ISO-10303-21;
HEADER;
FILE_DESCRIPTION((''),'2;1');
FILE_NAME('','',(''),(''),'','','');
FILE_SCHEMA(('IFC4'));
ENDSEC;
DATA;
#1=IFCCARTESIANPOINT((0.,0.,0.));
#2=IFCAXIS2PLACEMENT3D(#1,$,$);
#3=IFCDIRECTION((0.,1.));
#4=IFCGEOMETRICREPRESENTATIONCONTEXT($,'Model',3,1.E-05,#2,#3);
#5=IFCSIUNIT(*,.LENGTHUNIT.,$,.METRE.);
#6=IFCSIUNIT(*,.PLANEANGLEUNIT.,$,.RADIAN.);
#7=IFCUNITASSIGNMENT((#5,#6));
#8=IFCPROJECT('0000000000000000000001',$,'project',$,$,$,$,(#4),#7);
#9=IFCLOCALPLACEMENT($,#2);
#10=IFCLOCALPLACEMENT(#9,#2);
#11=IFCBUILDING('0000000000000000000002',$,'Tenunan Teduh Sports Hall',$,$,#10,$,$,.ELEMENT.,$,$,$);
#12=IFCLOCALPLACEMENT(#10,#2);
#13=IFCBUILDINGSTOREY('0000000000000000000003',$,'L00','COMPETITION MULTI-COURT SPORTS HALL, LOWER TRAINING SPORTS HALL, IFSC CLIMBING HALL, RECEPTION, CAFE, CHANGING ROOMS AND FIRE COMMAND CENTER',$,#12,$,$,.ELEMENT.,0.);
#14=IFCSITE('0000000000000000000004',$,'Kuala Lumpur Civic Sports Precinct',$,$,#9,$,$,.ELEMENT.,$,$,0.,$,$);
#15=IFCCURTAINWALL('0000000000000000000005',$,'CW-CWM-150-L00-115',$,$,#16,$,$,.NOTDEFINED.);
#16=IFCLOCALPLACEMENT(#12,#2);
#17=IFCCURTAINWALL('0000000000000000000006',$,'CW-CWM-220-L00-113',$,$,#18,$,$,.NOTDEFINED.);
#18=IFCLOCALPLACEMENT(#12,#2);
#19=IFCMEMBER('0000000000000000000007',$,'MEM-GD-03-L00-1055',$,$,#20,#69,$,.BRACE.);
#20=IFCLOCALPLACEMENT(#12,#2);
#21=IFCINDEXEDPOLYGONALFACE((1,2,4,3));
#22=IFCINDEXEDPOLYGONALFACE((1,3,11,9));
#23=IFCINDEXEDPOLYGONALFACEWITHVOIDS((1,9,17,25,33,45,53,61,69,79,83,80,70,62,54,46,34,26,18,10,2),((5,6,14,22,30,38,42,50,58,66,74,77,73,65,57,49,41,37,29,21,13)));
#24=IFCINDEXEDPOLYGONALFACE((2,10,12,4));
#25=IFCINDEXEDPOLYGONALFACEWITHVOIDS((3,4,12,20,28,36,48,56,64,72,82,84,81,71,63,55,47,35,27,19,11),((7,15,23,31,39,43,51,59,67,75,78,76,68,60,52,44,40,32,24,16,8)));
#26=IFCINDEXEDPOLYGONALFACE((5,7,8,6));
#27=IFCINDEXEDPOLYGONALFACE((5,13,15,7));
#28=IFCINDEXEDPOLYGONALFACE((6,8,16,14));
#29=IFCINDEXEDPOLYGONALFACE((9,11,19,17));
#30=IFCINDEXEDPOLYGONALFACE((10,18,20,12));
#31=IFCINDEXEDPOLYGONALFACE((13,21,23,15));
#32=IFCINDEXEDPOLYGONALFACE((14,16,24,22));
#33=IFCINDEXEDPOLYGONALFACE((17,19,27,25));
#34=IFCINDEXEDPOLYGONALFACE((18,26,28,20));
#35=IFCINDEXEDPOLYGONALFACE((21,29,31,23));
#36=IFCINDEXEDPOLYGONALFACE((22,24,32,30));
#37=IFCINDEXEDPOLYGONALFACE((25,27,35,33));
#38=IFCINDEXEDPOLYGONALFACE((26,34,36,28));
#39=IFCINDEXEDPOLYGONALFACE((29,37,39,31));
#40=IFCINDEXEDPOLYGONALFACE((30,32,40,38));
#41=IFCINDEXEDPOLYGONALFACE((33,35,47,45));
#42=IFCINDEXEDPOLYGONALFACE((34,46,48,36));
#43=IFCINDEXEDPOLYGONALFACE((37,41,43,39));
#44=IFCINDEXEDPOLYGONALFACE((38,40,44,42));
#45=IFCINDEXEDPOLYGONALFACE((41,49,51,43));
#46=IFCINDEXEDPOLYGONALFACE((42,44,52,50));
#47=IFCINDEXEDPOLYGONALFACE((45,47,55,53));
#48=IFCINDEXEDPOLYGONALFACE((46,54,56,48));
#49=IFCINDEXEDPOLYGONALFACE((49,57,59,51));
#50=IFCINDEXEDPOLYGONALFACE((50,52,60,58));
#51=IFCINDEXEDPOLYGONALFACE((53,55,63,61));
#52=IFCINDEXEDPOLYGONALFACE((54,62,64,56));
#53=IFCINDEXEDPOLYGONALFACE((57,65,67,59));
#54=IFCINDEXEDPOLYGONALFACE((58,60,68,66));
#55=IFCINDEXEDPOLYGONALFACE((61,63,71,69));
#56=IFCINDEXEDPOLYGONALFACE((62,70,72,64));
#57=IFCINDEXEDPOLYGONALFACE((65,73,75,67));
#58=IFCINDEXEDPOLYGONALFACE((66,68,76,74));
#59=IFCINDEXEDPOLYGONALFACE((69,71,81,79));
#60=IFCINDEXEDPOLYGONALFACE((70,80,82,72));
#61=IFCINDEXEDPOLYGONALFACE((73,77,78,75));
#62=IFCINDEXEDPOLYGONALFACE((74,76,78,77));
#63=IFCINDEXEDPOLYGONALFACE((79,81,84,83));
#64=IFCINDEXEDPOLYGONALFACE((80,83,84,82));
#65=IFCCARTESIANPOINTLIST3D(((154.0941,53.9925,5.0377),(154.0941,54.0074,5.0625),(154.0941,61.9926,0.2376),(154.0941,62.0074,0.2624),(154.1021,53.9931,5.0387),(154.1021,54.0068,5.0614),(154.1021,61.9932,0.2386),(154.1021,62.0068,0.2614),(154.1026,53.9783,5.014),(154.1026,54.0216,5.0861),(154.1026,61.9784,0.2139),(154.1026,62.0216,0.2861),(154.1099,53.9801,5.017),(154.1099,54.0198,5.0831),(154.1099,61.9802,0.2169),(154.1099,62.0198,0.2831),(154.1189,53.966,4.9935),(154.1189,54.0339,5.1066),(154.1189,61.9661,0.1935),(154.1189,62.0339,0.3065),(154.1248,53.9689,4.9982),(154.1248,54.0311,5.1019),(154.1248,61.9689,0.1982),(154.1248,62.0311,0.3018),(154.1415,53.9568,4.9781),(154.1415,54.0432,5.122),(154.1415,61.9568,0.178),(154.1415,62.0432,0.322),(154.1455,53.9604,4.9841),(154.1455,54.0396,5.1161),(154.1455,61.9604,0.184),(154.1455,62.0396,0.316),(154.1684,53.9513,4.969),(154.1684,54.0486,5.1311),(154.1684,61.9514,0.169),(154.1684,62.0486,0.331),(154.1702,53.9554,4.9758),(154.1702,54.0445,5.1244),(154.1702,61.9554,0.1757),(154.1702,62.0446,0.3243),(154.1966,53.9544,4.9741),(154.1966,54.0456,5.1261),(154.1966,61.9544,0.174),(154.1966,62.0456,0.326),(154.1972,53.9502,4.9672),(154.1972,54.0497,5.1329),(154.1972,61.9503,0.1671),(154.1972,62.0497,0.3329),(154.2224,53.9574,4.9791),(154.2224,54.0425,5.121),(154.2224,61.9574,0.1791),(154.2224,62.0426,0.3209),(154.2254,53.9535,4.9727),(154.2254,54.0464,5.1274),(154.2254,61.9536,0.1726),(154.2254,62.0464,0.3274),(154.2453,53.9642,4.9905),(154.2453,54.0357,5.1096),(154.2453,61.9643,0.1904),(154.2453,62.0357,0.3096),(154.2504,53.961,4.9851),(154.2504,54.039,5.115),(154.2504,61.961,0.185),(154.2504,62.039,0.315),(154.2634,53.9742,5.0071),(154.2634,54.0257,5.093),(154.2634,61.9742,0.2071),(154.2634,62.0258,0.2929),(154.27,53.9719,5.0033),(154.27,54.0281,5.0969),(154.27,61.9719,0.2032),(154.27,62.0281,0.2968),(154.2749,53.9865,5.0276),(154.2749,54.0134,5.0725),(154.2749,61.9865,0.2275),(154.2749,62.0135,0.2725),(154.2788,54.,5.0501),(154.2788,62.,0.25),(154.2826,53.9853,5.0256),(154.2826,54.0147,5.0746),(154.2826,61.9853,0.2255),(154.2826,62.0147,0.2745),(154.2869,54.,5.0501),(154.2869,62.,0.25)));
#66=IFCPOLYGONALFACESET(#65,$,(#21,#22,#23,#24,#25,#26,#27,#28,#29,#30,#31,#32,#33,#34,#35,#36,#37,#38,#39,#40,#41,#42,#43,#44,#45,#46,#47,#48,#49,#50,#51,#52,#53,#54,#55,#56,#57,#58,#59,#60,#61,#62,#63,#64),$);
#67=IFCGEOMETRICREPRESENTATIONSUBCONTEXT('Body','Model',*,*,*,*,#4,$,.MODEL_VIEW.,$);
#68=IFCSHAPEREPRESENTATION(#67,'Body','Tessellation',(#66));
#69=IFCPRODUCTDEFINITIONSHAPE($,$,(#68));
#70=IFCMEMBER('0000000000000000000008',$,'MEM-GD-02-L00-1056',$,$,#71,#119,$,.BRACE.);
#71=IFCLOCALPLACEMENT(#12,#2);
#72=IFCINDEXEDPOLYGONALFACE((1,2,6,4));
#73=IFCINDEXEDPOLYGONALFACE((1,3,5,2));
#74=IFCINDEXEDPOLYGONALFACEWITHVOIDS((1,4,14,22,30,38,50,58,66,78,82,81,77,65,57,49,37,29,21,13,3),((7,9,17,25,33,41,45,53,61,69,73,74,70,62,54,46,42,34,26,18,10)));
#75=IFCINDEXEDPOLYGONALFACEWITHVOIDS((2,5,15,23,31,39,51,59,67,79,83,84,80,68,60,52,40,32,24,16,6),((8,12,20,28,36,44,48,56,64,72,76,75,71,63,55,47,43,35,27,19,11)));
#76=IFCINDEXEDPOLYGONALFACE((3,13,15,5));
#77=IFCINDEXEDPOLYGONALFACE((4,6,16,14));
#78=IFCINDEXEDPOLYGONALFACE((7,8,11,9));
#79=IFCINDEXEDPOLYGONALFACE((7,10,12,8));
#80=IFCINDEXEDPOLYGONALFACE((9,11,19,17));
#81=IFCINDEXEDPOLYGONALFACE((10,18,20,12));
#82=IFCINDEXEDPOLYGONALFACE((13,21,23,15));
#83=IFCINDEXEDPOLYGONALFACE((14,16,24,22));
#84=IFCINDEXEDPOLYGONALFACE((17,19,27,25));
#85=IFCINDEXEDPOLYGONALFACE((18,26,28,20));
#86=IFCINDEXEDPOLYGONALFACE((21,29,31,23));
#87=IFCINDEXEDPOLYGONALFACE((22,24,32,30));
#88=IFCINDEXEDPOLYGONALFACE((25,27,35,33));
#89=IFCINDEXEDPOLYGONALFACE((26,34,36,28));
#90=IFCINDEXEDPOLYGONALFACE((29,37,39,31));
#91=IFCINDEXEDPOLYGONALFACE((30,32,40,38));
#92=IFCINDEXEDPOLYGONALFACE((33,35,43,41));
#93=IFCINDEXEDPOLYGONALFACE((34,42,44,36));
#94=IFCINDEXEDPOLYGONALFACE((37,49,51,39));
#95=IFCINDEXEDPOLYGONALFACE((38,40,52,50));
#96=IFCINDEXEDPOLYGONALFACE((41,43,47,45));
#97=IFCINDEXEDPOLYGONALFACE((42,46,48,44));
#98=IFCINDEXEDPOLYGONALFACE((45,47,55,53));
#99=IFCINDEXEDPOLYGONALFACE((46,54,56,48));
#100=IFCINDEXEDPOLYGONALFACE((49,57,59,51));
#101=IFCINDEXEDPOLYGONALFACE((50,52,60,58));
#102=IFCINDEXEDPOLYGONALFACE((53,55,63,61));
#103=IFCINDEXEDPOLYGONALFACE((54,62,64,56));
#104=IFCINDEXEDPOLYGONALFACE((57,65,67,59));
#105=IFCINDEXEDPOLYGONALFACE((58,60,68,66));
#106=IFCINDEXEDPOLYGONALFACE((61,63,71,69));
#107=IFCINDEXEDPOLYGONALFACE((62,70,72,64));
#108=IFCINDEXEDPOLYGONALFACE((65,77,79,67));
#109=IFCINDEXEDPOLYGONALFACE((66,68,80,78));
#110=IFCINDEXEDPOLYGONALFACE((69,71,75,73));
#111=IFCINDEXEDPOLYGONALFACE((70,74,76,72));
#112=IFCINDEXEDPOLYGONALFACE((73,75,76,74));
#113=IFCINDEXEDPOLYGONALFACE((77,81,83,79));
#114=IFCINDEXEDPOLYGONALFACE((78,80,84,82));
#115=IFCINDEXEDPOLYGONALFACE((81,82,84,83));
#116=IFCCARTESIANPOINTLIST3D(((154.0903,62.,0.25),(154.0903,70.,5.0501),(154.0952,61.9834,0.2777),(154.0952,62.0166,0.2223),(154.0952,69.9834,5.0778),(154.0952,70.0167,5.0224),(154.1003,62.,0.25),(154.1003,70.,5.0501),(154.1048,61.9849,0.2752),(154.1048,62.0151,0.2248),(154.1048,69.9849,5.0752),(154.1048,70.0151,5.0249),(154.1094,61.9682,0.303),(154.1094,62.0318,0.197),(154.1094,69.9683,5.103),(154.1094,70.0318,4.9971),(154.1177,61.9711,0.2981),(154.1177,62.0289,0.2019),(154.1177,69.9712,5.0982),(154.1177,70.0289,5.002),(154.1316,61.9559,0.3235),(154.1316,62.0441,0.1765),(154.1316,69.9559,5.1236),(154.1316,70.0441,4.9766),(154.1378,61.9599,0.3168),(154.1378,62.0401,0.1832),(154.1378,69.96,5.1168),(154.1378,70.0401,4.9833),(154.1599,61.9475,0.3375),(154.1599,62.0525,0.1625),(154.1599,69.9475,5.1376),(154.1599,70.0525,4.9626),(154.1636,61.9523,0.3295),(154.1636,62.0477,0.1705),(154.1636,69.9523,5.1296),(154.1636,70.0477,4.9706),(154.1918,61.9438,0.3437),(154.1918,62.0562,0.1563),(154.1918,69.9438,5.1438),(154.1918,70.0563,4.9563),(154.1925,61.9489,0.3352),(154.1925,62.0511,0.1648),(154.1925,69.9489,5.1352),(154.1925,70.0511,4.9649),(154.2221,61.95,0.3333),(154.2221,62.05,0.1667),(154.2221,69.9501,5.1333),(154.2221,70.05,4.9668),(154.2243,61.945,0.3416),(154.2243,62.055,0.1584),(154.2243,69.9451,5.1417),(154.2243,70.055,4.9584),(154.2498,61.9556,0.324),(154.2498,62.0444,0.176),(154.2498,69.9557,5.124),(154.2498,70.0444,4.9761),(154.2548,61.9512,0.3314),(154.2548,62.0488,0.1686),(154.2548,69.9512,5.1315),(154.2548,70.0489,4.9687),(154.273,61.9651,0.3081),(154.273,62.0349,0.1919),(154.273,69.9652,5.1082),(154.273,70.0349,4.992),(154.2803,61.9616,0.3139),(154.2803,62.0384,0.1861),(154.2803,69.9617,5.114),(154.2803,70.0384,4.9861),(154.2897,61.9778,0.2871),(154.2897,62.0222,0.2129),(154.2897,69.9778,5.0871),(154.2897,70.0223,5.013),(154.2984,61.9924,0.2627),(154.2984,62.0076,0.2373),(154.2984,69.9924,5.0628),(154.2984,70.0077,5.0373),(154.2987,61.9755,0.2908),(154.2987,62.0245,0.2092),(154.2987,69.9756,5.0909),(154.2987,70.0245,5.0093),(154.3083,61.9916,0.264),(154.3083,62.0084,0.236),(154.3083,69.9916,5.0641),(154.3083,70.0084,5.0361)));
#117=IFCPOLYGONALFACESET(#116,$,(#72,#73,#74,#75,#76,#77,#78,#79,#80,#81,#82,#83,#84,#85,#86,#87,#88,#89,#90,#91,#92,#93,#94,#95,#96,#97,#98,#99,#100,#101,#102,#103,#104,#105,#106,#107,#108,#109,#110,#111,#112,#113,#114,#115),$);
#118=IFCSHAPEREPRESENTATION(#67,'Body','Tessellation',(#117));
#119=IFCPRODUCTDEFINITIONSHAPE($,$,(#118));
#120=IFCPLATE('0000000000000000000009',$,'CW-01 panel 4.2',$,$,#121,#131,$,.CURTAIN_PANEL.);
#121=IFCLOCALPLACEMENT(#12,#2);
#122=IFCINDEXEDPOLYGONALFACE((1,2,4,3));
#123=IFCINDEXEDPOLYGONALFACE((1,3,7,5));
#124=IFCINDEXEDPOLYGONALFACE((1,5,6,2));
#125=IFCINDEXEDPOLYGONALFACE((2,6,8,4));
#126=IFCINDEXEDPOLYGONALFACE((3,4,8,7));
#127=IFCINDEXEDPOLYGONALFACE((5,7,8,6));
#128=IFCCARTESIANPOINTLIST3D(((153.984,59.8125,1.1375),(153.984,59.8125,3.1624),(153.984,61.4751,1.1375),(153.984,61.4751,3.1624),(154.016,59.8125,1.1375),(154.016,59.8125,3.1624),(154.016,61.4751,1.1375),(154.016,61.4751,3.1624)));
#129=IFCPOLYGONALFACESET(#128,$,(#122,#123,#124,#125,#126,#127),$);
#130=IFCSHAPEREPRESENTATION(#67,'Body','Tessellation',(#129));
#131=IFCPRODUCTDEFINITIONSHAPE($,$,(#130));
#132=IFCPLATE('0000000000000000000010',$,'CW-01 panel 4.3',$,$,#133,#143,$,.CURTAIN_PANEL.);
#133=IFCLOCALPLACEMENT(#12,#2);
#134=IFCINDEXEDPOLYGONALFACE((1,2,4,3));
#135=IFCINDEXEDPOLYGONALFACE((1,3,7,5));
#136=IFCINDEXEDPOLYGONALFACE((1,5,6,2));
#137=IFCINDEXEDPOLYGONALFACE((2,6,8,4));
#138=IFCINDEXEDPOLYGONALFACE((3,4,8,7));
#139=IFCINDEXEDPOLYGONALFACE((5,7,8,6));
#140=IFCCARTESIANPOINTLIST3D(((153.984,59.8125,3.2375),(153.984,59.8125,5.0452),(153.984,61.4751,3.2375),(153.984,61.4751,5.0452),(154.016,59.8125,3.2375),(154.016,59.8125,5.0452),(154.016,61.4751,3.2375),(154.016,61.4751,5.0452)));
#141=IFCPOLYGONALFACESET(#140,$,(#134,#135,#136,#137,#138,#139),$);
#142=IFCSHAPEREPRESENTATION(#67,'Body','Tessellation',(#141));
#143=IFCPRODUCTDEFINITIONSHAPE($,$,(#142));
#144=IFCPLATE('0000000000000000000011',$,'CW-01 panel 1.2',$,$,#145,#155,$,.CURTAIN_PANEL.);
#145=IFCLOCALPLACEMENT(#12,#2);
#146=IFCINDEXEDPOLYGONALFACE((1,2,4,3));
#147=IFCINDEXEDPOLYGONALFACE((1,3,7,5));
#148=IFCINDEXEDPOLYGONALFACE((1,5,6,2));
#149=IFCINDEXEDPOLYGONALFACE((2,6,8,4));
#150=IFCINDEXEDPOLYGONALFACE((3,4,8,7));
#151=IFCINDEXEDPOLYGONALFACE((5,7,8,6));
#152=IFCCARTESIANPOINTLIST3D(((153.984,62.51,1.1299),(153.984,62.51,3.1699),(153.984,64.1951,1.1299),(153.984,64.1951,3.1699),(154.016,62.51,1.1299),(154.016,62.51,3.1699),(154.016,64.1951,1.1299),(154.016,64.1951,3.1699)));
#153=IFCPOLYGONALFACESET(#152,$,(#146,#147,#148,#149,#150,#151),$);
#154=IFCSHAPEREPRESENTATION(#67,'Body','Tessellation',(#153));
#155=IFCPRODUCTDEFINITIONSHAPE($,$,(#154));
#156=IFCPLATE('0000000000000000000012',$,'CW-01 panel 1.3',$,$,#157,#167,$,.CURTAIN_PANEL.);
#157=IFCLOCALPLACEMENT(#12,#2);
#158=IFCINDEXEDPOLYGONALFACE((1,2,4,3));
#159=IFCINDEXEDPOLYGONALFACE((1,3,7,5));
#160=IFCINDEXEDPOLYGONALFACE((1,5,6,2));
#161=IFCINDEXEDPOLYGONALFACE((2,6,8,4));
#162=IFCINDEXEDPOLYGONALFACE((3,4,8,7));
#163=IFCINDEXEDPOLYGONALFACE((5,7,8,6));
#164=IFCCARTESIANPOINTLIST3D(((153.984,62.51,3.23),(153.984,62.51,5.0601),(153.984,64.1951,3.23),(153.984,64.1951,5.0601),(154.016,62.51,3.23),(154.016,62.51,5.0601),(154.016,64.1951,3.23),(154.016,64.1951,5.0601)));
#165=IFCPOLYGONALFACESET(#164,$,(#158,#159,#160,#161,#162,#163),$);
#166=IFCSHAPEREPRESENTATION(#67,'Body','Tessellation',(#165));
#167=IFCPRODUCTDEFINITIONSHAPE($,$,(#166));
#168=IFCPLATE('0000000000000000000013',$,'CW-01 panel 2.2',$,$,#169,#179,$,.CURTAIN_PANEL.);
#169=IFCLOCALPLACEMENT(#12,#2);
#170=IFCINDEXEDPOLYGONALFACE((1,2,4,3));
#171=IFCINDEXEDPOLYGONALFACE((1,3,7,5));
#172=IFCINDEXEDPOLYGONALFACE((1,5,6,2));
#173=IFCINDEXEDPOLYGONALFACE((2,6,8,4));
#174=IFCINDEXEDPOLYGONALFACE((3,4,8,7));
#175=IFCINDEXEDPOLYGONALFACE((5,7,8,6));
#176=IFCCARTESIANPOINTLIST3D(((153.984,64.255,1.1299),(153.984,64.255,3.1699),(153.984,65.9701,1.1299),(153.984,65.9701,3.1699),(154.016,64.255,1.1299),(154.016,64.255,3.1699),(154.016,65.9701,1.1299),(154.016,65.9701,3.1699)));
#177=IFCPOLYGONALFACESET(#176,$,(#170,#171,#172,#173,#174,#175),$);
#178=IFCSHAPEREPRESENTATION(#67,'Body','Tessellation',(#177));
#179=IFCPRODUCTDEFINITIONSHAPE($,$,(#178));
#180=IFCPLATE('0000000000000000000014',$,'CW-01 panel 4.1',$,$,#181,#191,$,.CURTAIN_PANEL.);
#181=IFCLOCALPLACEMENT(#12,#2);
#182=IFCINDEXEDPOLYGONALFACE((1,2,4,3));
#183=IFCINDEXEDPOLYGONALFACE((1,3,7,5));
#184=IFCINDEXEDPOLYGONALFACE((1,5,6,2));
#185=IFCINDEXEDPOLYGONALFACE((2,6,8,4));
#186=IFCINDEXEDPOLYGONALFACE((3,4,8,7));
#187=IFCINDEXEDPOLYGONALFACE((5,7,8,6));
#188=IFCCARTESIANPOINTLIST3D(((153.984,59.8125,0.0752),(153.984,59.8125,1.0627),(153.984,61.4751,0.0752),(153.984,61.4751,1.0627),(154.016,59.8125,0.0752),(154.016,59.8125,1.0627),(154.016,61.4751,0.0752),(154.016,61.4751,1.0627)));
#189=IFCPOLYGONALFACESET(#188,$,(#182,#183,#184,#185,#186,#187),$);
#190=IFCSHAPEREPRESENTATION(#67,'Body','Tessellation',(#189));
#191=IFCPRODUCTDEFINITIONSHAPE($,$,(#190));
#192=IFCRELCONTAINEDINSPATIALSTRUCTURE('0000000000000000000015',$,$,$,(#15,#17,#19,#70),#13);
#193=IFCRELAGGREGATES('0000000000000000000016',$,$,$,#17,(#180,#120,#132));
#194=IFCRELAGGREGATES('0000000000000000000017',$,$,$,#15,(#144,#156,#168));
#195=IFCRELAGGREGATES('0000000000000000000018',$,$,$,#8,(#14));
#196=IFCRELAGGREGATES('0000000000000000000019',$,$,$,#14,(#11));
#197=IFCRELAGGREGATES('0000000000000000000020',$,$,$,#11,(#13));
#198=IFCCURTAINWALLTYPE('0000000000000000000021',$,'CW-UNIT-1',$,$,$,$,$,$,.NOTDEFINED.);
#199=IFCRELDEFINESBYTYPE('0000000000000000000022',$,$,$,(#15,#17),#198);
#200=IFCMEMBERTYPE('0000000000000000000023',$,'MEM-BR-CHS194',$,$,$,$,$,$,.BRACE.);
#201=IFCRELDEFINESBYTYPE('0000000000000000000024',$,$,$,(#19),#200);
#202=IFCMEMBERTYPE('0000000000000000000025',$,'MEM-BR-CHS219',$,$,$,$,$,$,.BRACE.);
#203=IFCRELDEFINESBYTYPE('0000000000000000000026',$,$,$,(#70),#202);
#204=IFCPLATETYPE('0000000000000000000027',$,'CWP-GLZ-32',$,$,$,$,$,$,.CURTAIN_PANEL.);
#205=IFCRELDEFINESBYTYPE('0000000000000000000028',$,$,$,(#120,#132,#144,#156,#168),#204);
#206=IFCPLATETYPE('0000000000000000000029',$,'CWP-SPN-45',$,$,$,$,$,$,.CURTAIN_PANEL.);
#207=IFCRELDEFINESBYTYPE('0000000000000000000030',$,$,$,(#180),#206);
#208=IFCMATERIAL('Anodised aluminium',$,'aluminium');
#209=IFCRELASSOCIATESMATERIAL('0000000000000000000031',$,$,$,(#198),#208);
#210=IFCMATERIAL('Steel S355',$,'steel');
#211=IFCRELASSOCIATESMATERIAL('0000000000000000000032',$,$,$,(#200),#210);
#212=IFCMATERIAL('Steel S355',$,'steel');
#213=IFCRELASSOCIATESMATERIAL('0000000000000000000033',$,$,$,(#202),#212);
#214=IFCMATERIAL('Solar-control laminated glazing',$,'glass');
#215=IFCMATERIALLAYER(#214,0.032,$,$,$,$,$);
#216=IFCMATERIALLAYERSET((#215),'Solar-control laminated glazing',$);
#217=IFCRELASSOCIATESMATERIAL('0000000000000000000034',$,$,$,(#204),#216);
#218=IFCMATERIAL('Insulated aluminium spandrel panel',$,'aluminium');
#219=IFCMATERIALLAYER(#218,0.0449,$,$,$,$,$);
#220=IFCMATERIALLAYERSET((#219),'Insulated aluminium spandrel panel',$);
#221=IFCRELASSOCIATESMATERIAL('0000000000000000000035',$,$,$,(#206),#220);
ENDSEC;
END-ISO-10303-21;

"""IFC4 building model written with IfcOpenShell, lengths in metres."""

from ifc_helpers import new_model, si_unit, direction, frame, origin, origin_2d, place, context, subcontext, project, spatial, rectangle, hollow_circle, extrude, material, layer, layer_set, material_profile, profile_set, type_object, element, aggregate, save


model = new_model("IFC4")

# Units and contexts
model_context = context("Model", 3, precision=1e-05, world=origin(), true_north=direction((0.0, 1.0)))
body_context = subcontext(model_context, "Body", "Model", "MODEL_VIEW")
ifc_project = project(units=[si_unit("LENGTHUNIT", "METRE"), si_unit("PLANEANGLEUNIT", "RADIAN")], contexts=[model_context])

# Site, building, storey
site_placement = place(None, origin())
site = spatial("IfcSite", under=ifc_project, at=site_placement, Name="Kuala Lumpur Civic Sports Precinct", CompositionType="ELEMENT", RefElevation=0.0)
building_placement = place(site_placement, origin())
building = spatial("IfcBuilding", under=site, at=building_placement, Name="Tenunan Teduh Sports Hall", CompositionType="ELEMENT")
storey_placement = place(building_placement, origin())
storey = spatial("IfcBuildingStorey", under=building, at=storey_placement, Name="L00", Description="COMPETITION MULTI-COURT SPORTS HALL, LOWER TRAINING SPORTS HALL, IFSC CLIMBING HALL, RECEPTION, CAFE, CHANGING ROOMS AND FIRE COMMAND CENTER", CompositionType="ELEMENT", Elevation=0.0)

# Curtain wall
ifc_material_1 = material(Name="Anodised aluminium", Category="aluminium")
curtain_wall_type = type_object("IfcCurtainWallType", Name="CW-UNIT-1", PredefinedType="NOTDEFINED", material=ifc_material_1)
curtain_wall_1_placement = place(storey_placement, origin())
curtain_wall_1 = element("IfcCurtainWall", 1, at=curtain_wall_1_placement, inside=storey, type_object=curtain_wall_type, Name="CW-CWM-150-L00-115", PredefinedType="NOTDEFINED")

# Curtain wall
curtain_wall_2_placement = place(storey_placement, origin())
curtain_wall_2 = element("IfcCurtainWall", 2, at=curtain_wall_2_placement, inside=storey, type_object=curtain_wall_type, Name="CW-CWM-220-L00-113", PredefinedType="NOTDEFINED")

# Members
ifc_material_2 = material(Name="Steel S355", Category="steel")
ifc_material_profile_1 = material_profile(ifc_material_2, hollow_circle(Radius=0.0969, WallThickness=0.0081, at=origin_2d()), Name="CHS 193.7x8.0")
ifc_profile_set_1 = profile_set([ifc_material_profile_1], Name="Steel S355")
member_type_1 = type_object("IfcMemberType", Name="MEM-BR-CHS194", PredefinedType="BRACE", material=ifc_profile_set_1)
member_1_placement = place(storey_placement, frame((154.1899, 62.0, 0.25), z_axis=(0.0, -0.857491, 0.5145), x_axis=(1.0, 0.0, 0.0)))
element("IfcMember", 3, at=member_1_placement, inside=storey, type_object=member_type_1, Name="MEM-GD-03-L00-1055", PredefinedType="BRACE", context=body_context, shape_type="SweptSolid", body=[
    extrude(hollow_circle(Radius=0.0969, WallThickness=0.0081, at=origin_2d()), origin(), (0.0, 0.0, 1.0), 9.3296),
])
ifc_material_3 = material(Name="Steel S355", Category="steel")
ifc_material_profile_2 = material_profile(ifc_material_3, hollow_circle(Radius=0.1096, WallThickness=0.01, at=origin_2d()), Name="CHS 219.1x10.0")
ifc_profile_set_2 = profile_set([ifc_material_profile_2], Name="Steel S355")
member_type_2 = type_object("IfcMemberType", Name="MEM-BR-CHS219", PredefinedType="BRACE", material=ifc_profile_set_2)
member_2_placement = place(storey_placement, frame((154.2, 62.0, 0.25), z_axis=(0.0, 0.857491, 0.5145), x_axis=(-1.0, 0.0, 0.0)))
element("IfcMember", 4, at=member_2_placement, inside=storey, type_object=member_type_2, Name="MEM-GD-02-L00-1056", PredefinedType="BRACE", context=body_context, shape_type="SweptSolid", body=[
    extrude(hollow_circle(Radius=0.1096, WallThickness=0.01, at=origin_2d()), origin(), (0.0, 0.0, 1.0), 9.3296),
])

# Plates
ifc_material_4 = material(Name="Solar-control laminated glazing", Category="glass")
ifc_layer_1 = layer(ifc_material_4, 0.032)
ifc_layer_set_1 = layer_set([ifc_layer_1], Name="Solar-control laminated glazing")
plate_type_1 = type_object("IfcPlateType", Name="CWP-GLZ-32", PredefinedType="CURTAIN_PANEL", material=ifc_layer_set_1)
plate_1_placement = place(storey_placement, frame((154.0, 60.6438, 1.1375), z_axis=(0.0, 0.0, 1.0), x_axis=(0.0, 1.0, 0.0)))
plate_1 = element("IfcPlate", 5, at=plate_1_placement, type_object=plate_type_1, Name="CW-01 panel 4.2", PredefinedType="CURTAIN_PANEL", context=body_context, shape_type="SweptSolid", body=[
    extrude(rectangle(XDim=1.6626, YDim=0.032, at=origin_2d()), origin(), (0.0, 0.0, 1.0), 2.0249),
])
plate_2_placement = place(storey_placement, frame((154.0, 60.6438, 3.2375), z_axis=(0.0, 0.0, 1.0), x_axis=(0.0, 1.0, 0.0)))
plate_2 = element("IfcPlate", 6, at=plate_2_placement, type_object=plate_type_1, Name="CW-01 panel 4.3", PredefinedType="CURTAIN_PANEL", context=body_context, shape_type="SweptSolid", body=[
    extrude(rectangle(XDim=1.6626, YDim=0.032, at=origin_2d()), origin(), (0.0, 0.0, 1.0), 1.8076),
])
plate_3_placement = place(storey_placement, frame((154.0, 63.3525, 1.1299), z_axis=(0.0, 0.0, 1.0), x_axis=(0.0, 1.0, 0.0)))
plate_3 = element("IfcPlate", 7, at=plate_3_placement, type_object=plate_type_1, Name="CW-01 panel 1.2", PredefinedType="CURTAIN_PANEL", context=body_context, shape_type="SweptSolid", body=[
    extrude(rectangle(XDim=1.6851, YDim=0.032, at=origin_2d()), origin(), (0.0, 0.0, 1.0), 2.04),
])
plate_4_placement = place(storey_placement, frame((154.0, 63.3525, 3.23), z_axis=(0.0, 0.0, 1.0), x_axis=(0.0, 1.0, 0.0)))
plate_4 = element("IfcPlate", 8, at=plate_4_placement, type_object=plate_type_1, Name="CW-01 panel 1.3", PredefinedType="CURTAIN_PANEL", context=body_context, shape_type="SweptSolid", body=[
    extrude(rectangle(XDim=1.6851, YDim=0.032, at=origin_2d()), origin(), (0.0, 0.0, 1.0), 1.8301),
])
plate_5_placement = place(storey_placement, frame((154.0, 65.1125, 1.1299), z_axis=(0.0, 0.0, 1.0), x_axis=(0.0, 1.0, 0.0)))
plate_5 = element("IfcPlate", 9, at=plate_5_placement, type_object=plate_type_1, Name="CW-01 panel 2.2", PredefinedType="CURTAIN_PANEL", context=body_context, shape_type="SweptSolid", body=[
    extrude(rectangle(XDim=1.7151, YDim=0.032, at=origin_2d()), origin(), (0.0, 0.0, 1.0), 2.04),
])
ifc_material_5 = material(Name="Insulated aluminium spandrel panel", Category="aluminium")
ifc_layer_2 = layer(ifc_material_5, 0.0449)
ifc_layer_set_2 = layer_set([ifc_layer_2], Name="Insulated aluminium spandrel panel")
plate_type_2 = type_object("IfcPlateType", Name="CWP-SPN-45", PredefinedType="CURTAIN_PANEL", material=ifc_layer_set_2)
plate_6_placement = place(storey_placement, frame((154.0, 60.6438, 0.0752), z_axis=(0.0, 0.0, 1.0), x_axis=(0.0, 1.0, 0.0)))
plate_6 = element("IfcPlate", 10, at=plate_6_placement, type_object=plate_type_2, Name="CW-01 panel 4.1", PredefinedType="CURTAIN_PANEL", context=body_context, shape_type="SweptSolid", body=[
    extrude(rectangle(XDim=1.6626, YDim=0.032, at=origin_2d()), origin(), (0.0, 0.0, 1.0), 0.9875),
])
aggregate(curtain_wall_2, [plate_6, plate_1, plate_2])
aggregate(curtain_wall_1, [plate_3, plate_4, plate_5])

save(model, "model.ifc")
